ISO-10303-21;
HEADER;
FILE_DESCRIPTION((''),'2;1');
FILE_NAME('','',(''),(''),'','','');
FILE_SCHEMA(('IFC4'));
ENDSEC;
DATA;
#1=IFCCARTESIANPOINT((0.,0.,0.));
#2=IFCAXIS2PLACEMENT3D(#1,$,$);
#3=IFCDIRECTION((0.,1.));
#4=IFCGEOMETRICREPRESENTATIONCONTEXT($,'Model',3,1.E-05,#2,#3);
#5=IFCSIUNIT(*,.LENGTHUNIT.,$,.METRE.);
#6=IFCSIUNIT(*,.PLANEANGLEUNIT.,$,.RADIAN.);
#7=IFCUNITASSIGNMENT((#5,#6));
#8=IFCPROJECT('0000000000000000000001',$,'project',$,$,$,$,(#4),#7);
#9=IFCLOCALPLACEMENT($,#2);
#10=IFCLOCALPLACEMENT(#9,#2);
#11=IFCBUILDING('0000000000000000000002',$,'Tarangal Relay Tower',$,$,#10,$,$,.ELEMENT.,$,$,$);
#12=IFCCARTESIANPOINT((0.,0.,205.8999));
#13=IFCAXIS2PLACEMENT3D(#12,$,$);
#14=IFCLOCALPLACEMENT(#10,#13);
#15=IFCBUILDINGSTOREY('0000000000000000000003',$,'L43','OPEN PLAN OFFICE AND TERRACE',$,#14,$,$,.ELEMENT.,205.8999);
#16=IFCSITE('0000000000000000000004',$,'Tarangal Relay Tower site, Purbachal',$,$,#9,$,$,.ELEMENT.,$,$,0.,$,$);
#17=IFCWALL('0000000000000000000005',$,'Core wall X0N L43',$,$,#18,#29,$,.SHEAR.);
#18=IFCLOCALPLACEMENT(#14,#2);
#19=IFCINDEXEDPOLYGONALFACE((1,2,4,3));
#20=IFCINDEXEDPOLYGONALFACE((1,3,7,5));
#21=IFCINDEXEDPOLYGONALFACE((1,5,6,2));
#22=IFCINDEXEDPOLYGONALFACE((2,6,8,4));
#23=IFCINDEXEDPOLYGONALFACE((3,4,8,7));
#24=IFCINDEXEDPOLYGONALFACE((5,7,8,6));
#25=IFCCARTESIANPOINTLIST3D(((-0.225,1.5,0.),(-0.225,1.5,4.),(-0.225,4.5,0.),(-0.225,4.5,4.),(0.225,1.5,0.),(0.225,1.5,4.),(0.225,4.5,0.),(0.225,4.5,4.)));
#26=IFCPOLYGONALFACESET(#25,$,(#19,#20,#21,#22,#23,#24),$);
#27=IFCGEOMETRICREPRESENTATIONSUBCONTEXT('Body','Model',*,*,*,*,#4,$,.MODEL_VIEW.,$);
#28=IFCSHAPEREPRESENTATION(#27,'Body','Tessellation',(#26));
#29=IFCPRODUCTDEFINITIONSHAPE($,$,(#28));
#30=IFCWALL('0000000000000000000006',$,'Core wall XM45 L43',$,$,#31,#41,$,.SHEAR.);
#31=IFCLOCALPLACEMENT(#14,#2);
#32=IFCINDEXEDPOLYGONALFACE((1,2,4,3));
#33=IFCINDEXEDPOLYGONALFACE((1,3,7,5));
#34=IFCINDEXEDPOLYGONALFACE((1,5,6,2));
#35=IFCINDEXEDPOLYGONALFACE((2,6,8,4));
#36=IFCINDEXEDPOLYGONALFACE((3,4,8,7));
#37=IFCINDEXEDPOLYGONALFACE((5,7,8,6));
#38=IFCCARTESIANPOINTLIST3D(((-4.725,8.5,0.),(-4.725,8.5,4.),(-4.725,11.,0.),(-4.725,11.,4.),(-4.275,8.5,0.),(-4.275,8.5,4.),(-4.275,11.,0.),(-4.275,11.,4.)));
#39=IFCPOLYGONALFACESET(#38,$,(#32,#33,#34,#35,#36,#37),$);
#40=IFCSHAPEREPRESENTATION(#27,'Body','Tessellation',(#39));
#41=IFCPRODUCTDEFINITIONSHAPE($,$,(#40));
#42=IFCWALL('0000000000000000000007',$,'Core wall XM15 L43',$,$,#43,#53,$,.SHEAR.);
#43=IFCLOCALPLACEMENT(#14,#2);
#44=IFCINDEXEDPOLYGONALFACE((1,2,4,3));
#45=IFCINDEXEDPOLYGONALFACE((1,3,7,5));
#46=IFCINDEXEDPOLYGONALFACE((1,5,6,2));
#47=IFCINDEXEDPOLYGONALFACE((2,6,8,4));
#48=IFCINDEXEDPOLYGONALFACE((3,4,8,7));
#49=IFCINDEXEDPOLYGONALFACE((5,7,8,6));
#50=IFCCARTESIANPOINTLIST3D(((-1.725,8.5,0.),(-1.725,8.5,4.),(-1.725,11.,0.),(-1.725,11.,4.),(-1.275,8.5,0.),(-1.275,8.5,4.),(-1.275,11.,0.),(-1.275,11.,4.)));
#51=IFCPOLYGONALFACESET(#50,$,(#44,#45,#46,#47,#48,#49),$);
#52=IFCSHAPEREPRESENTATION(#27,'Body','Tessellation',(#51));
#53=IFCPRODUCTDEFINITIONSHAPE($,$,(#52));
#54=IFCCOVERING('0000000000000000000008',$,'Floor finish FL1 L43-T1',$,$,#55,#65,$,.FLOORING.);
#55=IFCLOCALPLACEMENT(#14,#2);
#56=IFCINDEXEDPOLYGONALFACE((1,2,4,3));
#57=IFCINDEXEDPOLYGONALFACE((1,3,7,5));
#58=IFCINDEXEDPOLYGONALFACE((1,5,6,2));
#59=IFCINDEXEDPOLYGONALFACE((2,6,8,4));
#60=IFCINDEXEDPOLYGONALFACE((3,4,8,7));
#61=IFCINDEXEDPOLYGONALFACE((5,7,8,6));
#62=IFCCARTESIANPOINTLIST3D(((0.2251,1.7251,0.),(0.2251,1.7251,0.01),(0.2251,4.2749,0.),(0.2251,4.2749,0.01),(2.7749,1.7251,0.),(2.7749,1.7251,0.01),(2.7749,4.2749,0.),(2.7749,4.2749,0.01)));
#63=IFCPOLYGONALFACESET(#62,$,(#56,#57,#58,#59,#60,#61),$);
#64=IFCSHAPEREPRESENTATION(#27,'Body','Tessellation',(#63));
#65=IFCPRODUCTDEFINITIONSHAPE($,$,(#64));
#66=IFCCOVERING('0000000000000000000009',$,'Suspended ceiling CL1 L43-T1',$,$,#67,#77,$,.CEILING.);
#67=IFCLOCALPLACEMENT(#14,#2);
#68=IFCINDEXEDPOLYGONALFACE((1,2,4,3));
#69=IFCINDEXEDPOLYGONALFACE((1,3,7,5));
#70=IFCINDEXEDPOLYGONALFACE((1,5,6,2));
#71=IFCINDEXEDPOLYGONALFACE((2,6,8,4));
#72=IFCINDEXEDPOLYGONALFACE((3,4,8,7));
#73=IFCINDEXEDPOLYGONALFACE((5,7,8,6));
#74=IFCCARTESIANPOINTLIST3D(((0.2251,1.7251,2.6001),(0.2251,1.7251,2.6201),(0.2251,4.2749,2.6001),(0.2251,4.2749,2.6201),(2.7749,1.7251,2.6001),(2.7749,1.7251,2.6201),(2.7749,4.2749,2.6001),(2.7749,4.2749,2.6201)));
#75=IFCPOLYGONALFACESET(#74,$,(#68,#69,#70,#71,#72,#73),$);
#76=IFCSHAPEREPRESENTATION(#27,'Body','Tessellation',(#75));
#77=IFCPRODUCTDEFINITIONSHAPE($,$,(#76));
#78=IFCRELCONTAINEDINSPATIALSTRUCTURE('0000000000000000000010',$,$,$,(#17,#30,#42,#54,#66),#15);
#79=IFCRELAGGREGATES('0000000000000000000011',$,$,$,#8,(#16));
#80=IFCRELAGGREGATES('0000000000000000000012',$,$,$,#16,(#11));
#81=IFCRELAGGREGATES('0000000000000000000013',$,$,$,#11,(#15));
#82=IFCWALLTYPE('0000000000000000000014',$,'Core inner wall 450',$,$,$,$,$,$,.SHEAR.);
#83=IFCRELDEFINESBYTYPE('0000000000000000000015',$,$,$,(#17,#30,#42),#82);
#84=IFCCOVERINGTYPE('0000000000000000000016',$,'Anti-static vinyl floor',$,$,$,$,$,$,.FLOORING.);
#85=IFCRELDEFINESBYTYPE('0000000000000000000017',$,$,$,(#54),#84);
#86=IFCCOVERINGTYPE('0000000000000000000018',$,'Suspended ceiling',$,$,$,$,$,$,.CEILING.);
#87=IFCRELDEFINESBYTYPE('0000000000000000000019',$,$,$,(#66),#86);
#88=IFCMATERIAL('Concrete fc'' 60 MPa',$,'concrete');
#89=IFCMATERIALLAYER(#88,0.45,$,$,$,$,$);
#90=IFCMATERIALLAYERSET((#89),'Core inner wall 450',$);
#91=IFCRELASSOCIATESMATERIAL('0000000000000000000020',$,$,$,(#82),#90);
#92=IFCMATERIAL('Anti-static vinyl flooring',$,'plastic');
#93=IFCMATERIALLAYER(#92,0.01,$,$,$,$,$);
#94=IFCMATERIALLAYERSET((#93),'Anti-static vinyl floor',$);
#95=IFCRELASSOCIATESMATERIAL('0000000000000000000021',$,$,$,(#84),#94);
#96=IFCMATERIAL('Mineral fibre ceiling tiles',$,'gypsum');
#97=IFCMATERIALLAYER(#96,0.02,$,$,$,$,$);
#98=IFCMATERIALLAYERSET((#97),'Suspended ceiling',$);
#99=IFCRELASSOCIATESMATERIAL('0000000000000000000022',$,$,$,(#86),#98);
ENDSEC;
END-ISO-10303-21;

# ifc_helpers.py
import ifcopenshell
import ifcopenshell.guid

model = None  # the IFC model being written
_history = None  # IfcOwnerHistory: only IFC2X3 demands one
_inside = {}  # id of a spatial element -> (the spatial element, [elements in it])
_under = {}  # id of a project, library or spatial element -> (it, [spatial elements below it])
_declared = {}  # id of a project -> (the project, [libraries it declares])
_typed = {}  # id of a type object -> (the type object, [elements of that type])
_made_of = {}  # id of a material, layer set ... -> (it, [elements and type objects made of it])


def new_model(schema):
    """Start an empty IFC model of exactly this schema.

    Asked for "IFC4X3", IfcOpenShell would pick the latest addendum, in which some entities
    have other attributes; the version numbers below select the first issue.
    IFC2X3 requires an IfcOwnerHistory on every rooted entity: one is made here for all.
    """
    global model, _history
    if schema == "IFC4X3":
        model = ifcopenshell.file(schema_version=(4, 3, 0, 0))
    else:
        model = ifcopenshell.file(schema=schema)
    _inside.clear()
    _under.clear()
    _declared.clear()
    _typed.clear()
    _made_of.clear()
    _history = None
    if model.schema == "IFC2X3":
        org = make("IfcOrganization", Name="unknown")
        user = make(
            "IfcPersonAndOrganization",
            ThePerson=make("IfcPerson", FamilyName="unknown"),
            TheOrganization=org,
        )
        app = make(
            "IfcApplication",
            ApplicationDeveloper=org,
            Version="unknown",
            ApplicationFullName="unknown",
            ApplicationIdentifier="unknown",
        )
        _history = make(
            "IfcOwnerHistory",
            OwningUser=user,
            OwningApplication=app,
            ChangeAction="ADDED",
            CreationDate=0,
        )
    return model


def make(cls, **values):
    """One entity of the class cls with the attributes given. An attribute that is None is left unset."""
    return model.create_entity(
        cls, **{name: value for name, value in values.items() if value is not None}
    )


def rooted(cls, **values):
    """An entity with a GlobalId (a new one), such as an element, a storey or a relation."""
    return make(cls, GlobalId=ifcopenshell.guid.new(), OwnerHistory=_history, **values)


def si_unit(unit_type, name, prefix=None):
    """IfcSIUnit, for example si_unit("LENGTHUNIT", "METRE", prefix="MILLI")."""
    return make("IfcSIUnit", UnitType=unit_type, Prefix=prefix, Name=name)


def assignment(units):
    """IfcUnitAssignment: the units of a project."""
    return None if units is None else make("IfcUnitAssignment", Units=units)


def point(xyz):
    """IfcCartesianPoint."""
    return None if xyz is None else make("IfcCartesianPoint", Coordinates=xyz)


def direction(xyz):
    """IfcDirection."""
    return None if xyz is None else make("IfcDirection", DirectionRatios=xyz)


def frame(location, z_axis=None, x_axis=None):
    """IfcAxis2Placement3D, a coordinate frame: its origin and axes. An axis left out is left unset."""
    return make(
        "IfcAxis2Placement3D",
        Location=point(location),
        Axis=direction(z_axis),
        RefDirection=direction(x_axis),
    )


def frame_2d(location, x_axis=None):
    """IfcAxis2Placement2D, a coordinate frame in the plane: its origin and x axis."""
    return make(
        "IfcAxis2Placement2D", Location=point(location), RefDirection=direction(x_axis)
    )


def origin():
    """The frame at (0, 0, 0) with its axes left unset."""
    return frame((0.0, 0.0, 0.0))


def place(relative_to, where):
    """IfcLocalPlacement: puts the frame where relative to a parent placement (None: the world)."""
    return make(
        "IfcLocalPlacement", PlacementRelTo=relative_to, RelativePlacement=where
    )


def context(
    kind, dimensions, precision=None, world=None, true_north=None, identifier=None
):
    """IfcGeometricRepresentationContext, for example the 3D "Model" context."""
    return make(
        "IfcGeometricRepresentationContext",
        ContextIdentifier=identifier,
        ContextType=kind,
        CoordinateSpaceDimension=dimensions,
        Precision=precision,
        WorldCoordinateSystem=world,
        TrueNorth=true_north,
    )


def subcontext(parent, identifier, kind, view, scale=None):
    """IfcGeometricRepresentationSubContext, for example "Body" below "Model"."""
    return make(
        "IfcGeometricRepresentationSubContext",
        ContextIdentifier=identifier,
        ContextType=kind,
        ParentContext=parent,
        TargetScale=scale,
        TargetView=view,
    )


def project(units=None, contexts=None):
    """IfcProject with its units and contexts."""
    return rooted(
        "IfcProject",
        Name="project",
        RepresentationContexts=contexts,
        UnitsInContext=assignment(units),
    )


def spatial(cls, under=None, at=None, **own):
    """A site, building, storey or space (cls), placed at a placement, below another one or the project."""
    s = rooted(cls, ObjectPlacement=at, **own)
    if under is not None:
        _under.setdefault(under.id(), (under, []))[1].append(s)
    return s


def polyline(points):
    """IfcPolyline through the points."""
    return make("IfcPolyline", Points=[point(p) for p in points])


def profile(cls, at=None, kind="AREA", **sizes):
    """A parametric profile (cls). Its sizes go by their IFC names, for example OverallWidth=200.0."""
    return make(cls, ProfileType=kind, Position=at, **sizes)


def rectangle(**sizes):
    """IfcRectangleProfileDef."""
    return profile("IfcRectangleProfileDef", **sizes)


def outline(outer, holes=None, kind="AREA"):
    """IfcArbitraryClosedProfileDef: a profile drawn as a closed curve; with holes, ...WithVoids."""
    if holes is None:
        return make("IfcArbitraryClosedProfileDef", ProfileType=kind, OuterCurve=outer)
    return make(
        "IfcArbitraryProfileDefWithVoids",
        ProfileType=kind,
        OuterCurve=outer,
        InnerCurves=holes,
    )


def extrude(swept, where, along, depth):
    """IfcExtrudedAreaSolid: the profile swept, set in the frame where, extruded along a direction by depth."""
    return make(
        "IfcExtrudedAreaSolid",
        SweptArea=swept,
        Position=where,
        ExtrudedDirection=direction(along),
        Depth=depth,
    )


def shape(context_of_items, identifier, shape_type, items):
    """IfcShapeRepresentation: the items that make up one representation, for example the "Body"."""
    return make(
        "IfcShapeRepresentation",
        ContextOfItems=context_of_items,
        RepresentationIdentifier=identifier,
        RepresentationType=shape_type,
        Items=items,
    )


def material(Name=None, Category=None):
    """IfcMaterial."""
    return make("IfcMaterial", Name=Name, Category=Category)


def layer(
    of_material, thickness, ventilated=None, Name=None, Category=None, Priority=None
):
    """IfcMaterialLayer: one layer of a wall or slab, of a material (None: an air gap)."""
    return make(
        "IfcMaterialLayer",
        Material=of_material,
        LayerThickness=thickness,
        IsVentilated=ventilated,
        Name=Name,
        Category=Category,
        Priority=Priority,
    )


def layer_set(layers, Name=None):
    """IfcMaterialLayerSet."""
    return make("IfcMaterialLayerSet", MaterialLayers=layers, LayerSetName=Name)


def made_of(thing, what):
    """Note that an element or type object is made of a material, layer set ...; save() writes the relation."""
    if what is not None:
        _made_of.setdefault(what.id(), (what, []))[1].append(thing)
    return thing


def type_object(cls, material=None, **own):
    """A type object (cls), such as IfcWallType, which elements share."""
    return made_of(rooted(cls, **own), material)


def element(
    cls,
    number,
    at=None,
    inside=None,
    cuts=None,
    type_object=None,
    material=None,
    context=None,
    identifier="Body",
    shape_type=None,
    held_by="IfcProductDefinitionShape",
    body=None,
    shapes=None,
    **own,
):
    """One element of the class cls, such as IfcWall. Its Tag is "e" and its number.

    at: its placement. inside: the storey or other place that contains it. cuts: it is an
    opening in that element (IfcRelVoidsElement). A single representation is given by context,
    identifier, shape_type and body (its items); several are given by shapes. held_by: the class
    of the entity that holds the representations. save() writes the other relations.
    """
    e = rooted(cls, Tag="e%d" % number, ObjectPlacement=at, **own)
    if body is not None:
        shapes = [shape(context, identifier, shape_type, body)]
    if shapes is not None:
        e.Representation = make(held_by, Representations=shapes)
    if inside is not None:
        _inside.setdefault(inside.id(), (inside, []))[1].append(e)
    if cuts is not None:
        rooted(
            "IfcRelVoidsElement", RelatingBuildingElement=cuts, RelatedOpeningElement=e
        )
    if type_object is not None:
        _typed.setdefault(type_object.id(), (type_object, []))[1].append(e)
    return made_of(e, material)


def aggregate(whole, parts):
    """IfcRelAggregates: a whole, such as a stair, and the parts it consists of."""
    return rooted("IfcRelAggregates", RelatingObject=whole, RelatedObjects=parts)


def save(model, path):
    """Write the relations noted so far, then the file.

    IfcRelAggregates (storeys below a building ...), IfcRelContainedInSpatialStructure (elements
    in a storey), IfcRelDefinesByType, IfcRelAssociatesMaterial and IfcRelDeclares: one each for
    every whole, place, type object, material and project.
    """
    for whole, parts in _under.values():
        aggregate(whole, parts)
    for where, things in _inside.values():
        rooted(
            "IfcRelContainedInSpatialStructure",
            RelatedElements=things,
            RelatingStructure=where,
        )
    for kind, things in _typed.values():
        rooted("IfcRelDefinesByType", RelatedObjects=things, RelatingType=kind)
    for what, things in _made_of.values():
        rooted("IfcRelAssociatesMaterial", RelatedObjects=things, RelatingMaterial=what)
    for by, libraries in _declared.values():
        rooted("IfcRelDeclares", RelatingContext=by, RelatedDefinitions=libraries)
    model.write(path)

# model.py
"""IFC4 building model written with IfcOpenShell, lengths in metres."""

from ifc_helpers import new_model, si_unit, direction, frame, frame_2d, origin, place, context, subcontext, project, spatial, polyline, rectangle, outline, extrude, material, layer, layer_set, type_object, element, save


model = new_model("IFC4")

# Units and contexts
model_context = context("Model", 3, precision=1e-05, world=origin(), true_north=direction((0.0, 1.0)))
body_context = subcontext(model_context, "Body", "Model", "MODEL_VIEW")
ifc_project = project(units=[si_unit("LENGTHUNIT", "METRE"), si_unit("PLANEANGLEUNIT", "RADIAN")], contexts=[model_context])

# Site, building, storey
site_placement = place(None, origin())
site = spatial("IfcSite", under=ifc_project, at=site_placement, Name="Tarangal Relay Tower site, Purbachal", CompositionType="ELEMENT", RefElevation=0.0)
building_placement = place(site_placement, origin())
building = spatial("IfcBuilding", under=site, at=building_placement, Name="Tarangal Relay Tower", CompositionType="ELEMENT")
storey_placement = place(building_placement, frame((0.0, 0.0, 205.8999)))
storey = spatial("IfcBuildingStorey", under=building, at=storey_placement, Name="L43", Description="OPEN PLAN OFFICE AND TERRACE", CompositionType="ELEMENT", Elevation=205.8999)

# Shared definitions
ifc_material_1 = material(Name="Concrete fc' 60 MPa", Category="concrete")
ifc_layer_1 = layer(ifc_material_1, 0.45)
ifc_layer_set_1 = layer_set([ifc_layer_1], Name="Core inner wall 450")
wall_type = type_object("IfcWallType", Name="Core inner wall 450", PredefinedType="SHEAR", material=ifc_layer_set_1)

# Walls
for number, where, z_axis, x_axis, name in (
    (1, (0.0, 1.5, 0.0), (0.0, 0.0, 1.0), (0.0, 1.0, 0.0), "Core wall X0N L43"),
):
    element("IfcWall", number, at=place(storey_placement, frame(where, z_axis=z_axis, x_axis=x_axis)), inside=storey, type_object=wall_type, Name=name, PredefinedType="SHEAR", context=body_context, shape_type="SweptSolid", body=[
        extrude(rectangle(XDim=3.0, YDim=0.45, at=frame_2d((1.5, 0.0))), origin(), (0.0, 0.0, 1.0), 4.0),
    ])
for number, where, z_axis, x_axis, name in (
    (2, (-4.5, 8.5, 0.0), (0.0, 0.0, 1.0), (0.0, 1.0, 0.0), "Core wall XM45 L43"),
    (3, (-1.5, 8.5, 0.0), (0.0, 0.0, 1.0), (0.0, 1.0, 0.0), "Core wall XM15 L43"),
):
    element("IfcWall", number, at=place(storey_placement, frame(where, z_axis=z_axis, x_axis=x_axis)), inside=storey, type_object=wall_type, Name=name, PredefinedType="SHEAR", context=body_context, shape_type="SweptSolid", body=[
        extrude(rectangle(XDim=2.5, YDim=0.45, at=frame_2d((1.25, 0.0))), origin(), (0.0, 0.0, 1.0), 4.0),
    ])

# Coverings
ifc_material_2 = material(Name="Anti-static vinyl flooring", Category="plastic")
ifc_layer_2 = layer(ifc_material_2, 0.01)
ifc_layer_set_2 = layer_set([ifc_layer_2], Name="Anti-static vinyl floor")
covering_type_1 = type_object("IfcCoveringType", Name="Anti-static vinyl floor", PredefinedType="FLOORING", material=ifc_layer_set_2)
covering_1_placement = place(storey_placement, origin())
element("IfcCovering", 4, at=covering_1_placement, inside=storey, type_object=covering_type_1, Name="Floor finish FL1 L43-T1", PredefinedType="FLOORING", context=body_context, shape_type="SweptSolid", body=[
    extrude(outline(polyline([(0.2251, 1.7251), (2.7749, 1.7251), (2.7749, 4.2749), (0.2251, 4.2749), (0.2251, 1.7251)])), origin(), (0.0, 0.0, 1.0), 0.01),
])
ifc_material_3 = material(Name="Mineral fibre ceiling tiles", Category="gypsum")
ifc_layer_3 = layer(ifc_material_3, 0.02)
ifc_layer_set_3 = layer_set([ifc_layer_3], Name="Suspended ceiling")
covering_type_2 = type_object("IfcCoveringType", Name="Suspended ceiling", PredefinedType="CEILING", material=ifc_layer_set_3)
covering_2_placement = place(storey_placement, frame((0.0, 0.0, 2.6001)))
element("IfcCovering", 5, at=covering_2_placement, inside=storey, type_object=covering_type_2, Name="Suspended ceiling CL1 L43-T1", PredefinedType="CEILING", context=body_context, shape_type="SweptSolid", body=[
    extrude(outline(polyline([(0.2251, 1.7251), (2.7749, 1.7251), (2.7749, 4.2749), (0.2251, 4.2749), (0.2251, 1.7251)])), origin(), (0.0, 0.0, 1.0), 0.02),
])

save(model, "model.ifc")
